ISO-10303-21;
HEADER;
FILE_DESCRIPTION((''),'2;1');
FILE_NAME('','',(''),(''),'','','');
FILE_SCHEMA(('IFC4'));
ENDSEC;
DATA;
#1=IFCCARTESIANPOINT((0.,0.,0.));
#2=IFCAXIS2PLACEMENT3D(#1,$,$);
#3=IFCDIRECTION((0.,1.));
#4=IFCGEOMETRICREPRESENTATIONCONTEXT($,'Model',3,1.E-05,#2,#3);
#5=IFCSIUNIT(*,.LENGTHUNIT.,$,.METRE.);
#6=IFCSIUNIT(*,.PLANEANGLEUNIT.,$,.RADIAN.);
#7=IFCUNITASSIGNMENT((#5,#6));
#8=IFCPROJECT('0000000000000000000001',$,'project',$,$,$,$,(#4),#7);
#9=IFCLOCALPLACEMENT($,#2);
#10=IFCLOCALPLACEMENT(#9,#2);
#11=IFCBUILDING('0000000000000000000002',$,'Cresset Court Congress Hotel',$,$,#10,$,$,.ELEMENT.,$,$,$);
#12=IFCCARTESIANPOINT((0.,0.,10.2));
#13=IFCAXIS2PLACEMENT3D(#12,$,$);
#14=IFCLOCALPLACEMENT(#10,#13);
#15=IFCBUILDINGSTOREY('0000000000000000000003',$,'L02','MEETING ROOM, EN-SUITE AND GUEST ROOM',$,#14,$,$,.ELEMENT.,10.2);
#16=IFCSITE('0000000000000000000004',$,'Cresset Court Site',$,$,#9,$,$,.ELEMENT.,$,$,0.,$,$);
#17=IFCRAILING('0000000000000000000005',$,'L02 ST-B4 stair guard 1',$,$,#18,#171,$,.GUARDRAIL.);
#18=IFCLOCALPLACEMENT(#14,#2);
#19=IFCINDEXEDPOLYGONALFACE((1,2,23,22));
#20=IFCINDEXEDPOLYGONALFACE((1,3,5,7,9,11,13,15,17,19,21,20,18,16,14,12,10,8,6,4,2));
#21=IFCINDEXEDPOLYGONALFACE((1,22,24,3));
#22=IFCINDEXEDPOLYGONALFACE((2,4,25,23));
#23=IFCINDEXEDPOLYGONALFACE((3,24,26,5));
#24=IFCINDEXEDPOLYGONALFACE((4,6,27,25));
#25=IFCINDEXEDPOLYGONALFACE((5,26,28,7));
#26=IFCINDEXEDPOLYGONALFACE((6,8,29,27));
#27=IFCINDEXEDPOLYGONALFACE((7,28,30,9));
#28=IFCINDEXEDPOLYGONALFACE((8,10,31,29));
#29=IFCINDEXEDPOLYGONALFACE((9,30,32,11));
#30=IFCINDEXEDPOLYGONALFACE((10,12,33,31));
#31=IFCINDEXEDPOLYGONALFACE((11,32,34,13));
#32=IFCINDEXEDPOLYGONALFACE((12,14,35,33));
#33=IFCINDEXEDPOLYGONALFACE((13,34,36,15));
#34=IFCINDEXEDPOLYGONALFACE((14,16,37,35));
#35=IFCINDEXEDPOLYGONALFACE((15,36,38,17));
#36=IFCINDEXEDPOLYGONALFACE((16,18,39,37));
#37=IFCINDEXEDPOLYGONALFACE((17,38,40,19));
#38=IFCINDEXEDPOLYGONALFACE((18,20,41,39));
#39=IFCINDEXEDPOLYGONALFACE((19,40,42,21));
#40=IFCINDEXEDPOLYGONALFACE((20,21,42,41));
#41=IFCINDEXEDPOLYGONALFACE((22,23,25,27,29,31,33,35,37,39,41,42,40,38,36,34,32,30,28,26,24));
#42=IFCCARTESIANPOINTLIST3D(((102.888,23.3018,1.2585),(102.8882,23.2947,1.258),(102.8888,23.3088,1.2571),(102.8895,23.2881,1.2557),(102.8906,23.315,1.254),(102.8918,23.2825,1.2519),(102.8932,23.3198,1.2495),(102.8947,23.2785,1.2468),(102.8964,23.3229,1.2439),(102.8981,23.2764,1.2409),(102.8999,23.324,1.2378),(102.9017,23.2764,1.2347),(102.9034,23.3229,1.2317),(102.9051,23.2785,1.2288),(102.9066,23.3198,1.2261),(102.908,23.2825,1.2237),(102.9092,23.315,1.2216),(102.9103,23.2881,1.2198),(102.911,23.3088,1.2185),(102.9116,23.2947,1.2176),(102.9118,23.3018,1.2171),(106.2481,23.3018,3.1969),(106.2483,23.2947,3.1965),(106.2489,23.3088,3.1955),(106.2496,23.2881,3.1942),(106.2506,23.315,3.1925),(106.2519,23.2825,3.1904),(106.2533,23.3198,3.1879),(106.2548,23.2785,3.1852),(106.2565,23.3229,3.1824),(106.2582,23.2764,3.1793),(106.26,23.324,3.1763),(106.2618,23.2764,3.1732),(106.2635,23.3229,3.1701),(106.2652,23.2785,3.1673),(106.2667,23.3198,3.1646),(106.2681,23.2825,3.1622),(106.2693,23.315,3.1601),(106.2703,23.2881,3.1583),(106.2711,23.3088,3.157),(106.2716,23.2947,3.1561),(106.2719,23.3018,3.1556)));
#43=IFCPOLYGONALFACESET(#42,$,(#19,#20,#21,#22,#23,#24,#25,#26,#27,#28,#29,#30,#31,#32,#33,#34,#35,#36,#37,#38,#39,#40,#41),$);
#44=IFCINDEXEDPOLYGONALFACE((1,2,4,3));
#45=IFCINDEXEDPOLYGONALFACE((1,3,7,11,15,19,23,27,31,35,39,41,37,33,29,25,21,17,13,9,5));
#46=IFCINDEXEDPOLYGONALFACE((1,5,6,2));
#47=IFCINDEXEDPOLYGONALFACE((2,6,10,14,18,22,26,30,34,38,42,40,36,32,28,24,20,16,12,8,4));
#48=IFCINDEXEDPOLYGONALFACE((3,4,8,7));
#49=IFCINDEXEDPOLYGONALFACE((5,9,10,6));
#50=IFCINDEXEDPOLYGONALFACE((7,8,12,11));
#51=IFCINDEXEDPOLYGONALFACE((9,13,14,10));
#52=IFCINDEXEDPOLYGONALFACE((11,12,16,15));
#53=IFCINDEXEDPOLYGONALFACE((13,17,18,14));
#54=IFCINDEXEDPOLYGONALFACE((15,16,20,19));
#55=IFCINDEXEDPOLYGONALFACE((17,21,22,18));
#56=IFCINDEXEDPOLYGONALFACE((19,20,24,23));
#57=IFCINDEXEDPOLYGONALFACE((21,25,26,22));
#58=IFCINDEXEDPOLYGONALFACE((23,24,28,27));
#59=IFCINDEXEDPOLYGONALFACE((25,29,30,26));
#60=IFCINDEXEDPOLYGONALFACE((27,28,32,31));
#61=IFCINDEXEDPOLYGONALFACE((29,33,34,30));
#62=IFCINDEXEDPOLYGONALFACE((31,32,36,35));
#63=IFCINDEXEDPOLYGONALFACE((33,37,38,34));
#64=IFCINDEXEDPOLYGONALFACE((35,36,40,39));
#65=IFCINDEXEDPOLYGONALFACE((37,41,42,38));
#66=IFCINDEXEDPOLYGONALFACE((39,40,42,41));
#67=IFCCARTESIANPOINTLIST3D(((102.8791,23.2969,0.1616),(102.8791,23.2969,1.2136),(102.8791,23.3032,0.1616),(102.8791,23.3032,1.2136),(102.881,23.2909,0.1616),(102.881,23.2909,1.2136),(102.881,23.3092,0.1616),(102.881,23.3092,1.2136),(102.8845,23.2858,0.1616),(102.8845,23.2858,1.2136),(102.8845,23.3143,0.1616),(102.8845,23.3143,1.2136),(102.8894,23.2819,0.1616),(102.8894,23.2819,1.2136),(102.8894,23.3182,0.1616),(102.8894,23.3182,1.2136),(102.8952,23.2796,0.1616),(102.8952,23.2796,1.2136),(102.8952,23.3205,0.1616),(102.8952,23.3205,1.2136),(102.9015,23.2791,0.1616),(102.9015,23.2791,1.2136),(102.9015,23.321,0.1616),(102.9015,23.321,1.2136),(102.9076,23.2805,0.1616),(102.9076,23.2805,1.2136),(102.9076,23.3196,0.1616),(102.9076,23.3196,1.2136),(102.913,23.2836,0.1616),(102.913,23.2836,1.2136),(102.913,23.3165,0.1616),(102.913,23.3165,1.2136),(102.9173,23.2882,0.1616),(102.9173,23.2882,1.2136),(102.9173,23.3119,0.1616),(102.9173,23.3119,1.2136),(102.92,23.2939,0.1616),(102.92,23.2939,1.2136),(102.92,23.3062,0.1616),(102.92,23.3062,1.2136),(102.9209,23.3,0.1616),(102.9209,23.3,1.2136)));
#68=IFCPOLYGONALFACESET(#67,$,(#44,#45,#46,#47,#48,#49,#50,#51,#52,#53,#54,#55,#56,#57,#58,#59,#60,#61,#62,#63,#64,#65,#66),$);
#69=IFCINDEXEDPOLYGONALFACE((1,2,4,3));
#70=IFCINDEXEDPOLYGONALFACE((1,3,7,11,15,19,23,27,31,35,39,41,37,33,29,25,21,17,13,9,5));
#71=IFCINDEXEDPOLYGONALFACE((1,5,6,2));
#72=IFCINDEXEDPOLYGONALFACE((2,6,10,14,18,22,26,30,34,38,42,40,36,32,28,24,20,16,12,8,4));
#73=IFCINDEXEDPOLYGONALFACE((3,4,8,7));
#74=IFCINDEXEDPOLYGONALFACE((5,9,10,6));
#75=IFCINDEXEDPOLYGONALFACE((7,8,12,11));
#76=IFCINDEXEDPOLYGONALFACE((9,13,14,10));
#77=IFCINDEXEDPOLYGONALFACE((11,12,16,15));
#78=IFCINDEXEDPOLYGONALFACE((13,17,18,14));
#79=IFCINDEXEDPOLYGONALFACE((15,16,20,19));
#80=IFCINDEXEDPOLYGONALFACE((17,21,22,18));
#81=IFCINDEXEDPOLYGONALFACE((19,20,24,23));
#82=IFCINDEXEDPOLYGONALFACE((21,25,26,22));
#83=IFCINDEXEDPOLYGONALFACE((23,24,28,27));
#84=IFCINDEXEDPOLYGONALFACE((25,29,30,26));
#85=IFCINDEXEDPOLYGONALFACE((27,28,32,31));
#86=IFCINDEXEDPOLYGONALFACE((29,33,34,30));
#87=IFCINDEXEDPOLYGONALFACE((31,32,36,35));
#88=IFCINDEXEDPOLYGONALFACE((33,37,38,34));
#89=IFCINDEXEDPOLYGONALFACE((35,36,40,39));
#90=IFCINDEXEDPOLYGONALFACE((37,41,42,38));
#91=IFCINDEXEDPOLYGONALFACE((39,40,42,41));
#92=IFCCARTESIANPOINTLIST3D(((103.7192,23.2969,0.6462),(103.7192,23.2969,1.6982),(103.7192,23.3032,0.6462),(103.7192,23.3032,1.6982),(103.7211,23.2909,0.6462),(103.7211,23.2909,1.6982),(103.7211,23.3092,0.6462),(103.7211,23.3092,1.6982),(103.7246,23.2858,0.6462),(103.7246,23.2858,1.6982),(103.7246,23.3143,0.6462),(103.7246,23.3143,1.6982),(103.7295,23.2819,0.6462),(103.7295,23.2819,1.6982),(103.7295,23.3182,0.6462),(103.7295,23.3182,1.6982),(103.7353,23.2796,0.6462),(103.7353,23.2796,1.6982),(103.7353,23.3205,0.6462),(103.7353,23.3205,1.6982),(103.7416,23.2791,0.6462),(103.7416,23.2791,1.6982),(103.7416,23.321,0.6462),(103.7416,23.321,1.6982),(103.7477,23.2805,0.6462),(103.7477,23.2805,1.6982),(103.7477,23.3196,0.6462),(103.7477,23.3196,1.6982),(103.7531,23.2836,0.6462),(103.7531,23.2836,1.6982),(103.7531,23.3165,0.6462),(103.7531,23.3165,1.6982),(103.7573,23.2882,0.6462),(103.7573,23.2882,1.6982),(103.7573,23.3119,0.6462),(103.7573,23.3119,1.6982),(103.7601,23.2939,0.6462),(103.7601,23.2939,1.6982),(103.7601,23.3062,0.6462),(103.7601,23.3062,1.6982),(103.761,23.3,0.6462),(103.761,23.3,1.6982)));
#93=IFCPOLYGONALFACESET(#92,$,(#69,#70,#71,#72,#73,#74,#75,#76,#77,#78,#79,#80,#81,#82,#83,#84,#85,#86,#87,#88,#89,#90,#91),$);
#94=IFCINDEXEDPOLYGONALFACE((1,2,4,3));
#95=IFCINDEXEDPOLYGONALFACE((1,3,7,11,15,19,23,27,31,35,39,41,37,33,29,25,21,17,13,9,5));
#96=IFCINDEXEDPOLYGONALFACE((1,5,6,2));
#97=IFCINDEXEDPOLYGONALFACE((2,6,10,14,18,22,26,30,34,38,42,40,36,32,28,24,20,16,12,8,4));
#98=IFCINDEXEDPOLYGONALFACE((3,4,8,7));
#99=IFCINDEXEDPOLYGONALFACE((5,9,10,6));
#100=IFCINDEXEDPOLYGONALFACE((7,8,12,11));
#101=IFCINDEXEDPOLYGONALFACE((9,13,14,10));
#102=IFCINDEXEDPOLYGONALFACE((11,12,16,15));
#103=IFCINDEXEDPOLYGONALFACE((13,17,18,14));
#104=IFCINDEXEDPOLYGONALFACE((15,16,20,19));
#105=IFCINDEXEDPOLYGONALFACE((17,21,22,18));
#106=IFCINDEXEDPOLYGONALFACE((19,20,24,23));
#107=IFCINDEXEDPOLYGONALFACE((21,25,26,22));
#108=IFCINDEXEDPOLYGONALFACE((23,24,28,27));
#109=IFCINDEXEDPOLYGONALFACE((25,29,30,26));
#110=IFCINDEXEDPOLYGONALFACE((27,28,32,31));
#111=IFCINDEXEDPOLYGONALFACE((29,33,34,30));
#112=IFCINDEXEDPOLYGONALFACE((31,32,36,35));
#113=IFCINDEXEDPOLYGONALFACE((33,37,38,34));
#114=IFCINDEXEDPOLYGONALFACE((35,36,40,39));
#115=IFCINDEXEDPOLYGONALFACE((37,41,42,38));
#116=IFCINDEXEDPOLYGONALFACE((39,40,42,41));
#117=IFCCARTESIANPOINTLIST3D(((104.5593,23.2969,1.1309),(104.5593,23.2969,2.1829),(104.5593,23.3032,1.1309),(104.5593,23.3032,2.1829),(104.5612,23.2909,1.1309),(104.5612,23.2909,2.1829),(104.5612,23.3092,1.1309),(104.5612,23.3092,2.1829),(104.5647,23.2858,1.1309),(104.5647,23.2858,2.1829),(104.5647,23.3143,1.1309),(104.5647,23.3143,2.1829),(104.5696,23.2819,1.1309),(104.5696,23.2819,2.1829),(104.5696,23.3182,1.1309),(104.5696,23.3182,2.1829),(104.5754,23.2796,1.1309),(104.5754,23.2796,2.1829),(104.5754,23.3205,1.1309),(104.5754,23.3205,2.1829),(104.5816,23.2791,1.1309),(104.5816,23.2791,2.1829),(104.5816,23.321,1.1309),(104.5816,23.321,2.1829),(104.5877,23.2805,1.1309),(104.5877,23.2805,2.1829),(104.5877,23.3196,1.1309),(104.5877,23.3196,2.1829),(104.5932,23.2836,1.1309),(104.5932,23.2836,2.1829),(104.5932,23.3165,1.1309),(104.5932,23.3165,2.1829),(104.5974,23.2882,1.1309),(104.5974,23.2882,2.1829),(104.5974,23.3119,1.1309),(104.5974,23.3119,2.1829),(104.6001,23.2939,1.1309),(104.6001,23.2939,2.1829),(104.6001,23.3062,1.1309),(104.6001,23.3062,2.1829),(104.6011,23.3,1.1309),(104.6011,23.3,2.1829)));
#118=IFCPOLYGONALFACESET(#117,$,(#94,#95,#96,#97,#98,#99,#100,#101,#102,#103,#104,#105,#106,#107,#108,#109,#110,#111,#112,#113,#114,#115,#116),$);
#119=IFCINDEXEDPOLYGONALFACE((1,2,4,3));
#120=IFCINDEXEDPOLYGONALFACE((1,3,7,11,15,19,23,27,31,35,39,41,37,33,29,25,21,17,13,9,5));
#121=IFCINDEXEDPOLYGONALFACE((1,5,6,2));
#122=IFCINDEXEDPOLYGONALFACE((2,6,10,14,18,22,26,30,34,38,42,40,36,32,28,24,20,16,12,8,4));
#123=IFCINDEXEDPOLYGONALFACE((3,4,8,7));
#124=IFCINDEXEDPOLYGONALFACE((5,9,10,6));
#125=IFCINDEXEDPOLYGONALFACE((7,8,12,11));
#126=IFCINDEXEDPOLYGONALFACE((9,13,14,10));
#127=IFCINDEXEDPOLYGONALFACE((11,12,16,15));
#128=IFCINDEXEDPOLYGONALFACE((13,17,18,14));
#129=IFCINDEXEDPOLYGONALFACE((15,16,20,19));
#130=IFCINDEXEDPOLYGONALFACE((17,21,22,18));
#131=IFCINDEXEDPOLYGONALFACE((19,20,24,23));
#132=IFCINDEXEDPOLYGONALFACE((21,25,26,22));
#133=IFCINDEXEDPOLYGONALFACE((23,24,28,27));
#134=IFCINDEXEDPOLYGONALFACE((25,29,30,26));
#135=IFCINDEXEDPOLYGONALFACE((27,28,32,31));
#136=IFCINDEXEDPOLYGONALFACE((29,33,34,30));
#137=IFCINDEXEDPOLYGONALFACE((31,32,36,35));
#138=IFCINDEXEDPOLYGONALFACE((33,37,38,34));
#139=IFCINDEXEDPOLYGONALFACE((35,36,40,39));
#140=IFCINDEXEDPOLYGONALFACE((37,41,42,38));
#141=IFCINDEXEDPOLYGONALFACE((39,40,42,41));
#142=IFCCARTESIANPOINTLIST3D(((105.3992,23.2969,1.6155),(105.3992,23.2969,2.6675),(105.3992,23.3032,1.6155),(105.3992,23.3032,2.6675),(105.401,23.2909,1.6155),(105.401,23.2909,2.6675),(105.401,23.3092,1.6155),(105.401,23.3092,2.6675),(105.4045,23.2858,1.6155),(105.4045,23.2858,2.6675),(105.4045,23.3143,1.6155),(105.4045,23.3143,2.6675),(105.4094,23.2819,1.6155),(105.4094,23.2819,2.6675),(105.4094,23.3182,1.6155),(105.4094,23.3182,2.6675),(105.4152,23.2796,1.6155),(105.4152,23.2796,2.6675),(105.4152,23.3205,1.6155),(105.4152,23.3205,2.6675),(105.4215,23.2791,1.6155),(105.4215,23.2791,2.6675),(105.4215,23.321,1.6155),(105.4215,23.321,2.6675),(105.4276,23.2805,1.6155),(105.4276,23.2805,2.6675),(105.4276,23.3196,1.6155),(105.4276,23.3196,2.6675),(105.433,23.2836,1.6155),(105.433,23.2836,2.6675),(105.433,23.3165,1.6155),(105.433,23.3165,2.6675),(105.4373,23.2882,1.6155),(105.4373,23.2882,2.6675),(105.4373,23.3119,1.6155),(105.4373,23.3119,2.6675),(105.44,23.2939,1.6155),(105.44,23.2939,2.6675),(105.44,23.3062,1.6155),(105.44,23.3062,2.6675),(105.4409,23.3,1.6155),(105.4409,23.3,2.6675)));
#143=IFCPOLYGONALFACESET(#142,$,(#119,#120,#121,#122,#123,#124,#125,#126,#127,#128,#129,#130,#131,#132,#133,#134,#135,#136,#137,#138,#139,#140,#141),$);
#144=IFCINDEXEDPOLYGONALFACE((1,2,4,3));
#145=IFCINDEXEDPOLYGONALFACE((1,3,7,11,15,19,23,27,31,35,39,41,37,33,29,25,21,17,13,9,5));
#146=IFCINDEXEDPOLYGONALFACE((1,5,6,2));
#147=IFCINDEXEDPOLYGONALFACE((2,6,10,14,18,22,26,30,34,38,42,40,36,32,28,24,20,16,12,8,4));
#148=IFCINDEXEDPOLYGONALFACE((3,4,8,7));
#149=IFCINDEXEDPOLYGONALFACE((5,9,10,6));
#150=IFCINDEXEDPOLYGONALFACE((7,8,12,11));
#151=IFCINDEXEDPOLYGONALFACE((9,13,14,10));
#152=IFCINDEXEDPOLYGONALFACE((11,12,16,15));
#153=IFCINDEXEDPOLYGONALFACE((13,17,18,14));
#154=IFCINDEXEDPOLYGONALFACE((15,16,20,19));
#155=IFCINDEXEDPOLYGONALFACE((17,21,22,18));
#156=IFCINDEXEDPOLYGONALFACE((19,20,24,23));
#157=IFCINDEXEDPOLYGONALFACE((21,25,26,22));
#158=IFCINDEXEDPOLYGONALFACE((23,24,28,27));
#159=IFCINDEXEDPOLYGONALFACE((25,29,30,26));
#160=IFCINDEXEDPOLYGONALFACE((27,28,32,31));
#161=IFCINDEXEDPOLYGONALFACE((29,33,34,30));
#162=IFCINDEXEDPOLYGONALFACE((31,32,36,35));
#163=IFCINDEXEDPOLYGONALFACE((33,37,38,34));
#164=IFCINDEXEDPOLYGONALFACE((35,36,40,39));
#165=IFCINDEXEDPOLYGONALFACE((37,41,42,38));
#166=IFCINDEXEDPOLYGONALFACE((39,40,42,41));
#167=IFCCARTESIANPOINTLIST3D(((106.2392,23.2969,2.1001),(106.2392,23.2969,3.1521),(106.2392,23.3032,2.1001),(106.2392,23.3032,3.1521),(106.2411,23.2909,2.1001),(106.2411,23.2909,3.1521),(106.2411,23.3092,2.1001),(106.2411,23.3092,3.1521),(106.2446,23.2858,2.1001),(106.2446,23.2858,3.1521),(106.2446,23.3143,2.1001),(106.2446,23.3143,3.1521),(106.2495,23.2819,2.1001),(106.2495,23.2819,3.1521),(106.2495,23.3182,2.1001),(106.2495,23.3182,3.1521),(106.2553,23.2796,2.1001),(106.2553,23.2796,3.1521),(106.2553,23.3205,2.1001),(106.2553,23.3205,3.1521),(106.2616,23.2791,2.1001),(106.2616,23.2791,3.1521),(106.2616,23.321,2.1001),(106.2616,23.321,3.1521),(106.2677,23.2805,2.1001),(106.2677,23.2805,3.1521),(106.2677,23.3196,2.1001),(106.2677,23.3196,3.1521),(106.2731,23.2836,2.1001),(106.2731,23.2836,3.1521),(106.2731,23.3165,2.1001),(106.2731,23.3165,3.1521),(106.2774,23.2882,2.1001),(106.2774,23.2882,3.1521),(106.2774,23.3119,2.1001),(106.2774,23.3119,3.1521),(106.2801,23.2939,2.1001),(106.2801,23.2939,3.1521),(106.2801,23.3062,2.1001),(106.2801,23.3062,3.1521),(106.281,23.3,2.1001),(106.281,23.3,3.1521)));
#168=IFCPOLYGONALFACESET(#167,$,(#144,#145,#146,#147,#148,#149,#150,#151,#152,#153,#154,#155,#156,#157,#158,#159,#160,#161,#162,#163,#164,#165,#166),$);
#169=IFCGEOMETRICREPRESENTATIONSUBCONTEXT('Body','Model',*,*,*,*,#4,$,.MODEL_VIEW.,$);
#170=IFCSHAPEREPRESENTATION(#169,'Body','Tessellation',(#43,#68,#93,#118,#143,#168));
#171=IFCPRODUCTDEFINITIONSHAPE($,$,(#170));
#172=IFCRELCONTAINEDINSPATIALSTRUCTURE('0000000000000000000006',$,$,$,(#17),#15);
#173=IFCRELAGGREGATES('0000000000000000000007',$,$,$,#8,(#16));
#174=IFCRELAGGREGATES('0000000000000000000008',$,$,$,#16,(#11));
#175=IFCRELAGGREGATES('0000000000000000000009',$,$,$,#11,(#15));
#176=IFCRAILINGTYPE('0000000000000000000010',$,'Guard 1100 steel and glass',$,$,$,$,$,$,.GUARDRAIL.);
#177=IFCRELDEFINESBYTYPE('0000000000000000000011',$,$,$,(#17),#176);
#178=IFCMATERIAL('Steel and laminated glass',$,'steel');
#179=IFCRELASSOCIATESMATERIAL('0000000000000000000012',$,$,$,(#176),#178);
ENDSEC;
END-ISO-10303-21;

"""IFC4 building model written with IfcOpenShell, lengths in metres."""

from ifc_helpers import new_model, si_unit, direction, frame, origin, origin_2d, place, context, subcontext, project, spatial, circle, extrude, material, type_object, element, save


model = new_model("IFC4")

# Units and contexts
model_context = context("Model", 3, precision=1e-05, world=origin(), true_north=direction((0.0, 1.0)))
body_context = subcontext(model_context, "Body", "Model", "MODEL_VIEW")
ifc_project = project(units=[si_unit("LENGTHUNIT", "METRE"), si_unit("PLANEANGLEUNIT", "RADIAN")], contexts=[model_context])

# Site, building, storey
site_placement = place(None, origin())
site = spatial("IfcSite", under=ifc_project, at=site_placement, Name="Cresset Court Site", CompositionType="ELEMENT", RefElevation=0.0)
building_placement = place(site_placement, origin())
building = spatial("IfcBuilding", under=site, at=building_placement, Name="Cresset Court Congress Hotel", CompositionType="ELEMENT")
storey_placement = place(building_placement, frame((0.0, 0.0, 10.2)))
storey = spatial("IfcBuildingStorey", under=building, at=storey_placement, Name="L02", Description="MEETING ROOM, EN-SUITE AND GUEST ROOM", CompositionType="ELEMENT", Elevation=10.2)

# Railing
ifc_material_1 = material(Name="Steel and laminated glass", Category="steel")
railing_type_1 = type_object("IfcRailingType", Name="Guard 1100 steel and glass", PredefinedType="GUARDRAIL", material=ifc_material_1)
railing_1_placement = place(storey_placement, frame((102.8999, 23.3, 0.1616)))
element("IfcRailing", 1, at=railing_1_placement, inside=storey, type_object=railing_type_1, Name="L02 ST-B4 stair guard 1", PredefinedType="GUARDRAIL", context=body_context, shape_type="SweptSolid", body=[
    extrude(circle(Radius=0.0239, at=origin_2d()), frame((0.0, 0.0, 1.0762), z_axis=(0.866191, 0.0, 0.499713), x_axis=(0.0, 1.0, 0.0)), (0.0, 0.0, 1.0), 3.8792),
    extrude(circle(Radius=0.021, at=origin_2d()), origin(), (0.0, 0.0, 1.0), 1.052),
    extrude(circle(Radius=0.021, at=origin_2d()), frame((0.8401, 0.0, 0.4846)), (0.0, 0.0, 1.0), 1.052),
    extrude(circle(Radius=0.021, at=origin_2d()), frame((1.6802, 0.0, 0.9692)), (0.0, 0.0, 1.0), 1.052),
    extrude(circle(Radius=0.021, at=origin_2d()), frame((2.52, 0.0, 1.4539)), (0.0, 0.0, 1.0), 1.052),
    extrude(circle(Radius=0.021, at=origin_2d()), frame((3.3601, 0.0, 1.9385)), (0.0, 0.0, 1.0), 1.052),
])

save(model, "model.ifc")
